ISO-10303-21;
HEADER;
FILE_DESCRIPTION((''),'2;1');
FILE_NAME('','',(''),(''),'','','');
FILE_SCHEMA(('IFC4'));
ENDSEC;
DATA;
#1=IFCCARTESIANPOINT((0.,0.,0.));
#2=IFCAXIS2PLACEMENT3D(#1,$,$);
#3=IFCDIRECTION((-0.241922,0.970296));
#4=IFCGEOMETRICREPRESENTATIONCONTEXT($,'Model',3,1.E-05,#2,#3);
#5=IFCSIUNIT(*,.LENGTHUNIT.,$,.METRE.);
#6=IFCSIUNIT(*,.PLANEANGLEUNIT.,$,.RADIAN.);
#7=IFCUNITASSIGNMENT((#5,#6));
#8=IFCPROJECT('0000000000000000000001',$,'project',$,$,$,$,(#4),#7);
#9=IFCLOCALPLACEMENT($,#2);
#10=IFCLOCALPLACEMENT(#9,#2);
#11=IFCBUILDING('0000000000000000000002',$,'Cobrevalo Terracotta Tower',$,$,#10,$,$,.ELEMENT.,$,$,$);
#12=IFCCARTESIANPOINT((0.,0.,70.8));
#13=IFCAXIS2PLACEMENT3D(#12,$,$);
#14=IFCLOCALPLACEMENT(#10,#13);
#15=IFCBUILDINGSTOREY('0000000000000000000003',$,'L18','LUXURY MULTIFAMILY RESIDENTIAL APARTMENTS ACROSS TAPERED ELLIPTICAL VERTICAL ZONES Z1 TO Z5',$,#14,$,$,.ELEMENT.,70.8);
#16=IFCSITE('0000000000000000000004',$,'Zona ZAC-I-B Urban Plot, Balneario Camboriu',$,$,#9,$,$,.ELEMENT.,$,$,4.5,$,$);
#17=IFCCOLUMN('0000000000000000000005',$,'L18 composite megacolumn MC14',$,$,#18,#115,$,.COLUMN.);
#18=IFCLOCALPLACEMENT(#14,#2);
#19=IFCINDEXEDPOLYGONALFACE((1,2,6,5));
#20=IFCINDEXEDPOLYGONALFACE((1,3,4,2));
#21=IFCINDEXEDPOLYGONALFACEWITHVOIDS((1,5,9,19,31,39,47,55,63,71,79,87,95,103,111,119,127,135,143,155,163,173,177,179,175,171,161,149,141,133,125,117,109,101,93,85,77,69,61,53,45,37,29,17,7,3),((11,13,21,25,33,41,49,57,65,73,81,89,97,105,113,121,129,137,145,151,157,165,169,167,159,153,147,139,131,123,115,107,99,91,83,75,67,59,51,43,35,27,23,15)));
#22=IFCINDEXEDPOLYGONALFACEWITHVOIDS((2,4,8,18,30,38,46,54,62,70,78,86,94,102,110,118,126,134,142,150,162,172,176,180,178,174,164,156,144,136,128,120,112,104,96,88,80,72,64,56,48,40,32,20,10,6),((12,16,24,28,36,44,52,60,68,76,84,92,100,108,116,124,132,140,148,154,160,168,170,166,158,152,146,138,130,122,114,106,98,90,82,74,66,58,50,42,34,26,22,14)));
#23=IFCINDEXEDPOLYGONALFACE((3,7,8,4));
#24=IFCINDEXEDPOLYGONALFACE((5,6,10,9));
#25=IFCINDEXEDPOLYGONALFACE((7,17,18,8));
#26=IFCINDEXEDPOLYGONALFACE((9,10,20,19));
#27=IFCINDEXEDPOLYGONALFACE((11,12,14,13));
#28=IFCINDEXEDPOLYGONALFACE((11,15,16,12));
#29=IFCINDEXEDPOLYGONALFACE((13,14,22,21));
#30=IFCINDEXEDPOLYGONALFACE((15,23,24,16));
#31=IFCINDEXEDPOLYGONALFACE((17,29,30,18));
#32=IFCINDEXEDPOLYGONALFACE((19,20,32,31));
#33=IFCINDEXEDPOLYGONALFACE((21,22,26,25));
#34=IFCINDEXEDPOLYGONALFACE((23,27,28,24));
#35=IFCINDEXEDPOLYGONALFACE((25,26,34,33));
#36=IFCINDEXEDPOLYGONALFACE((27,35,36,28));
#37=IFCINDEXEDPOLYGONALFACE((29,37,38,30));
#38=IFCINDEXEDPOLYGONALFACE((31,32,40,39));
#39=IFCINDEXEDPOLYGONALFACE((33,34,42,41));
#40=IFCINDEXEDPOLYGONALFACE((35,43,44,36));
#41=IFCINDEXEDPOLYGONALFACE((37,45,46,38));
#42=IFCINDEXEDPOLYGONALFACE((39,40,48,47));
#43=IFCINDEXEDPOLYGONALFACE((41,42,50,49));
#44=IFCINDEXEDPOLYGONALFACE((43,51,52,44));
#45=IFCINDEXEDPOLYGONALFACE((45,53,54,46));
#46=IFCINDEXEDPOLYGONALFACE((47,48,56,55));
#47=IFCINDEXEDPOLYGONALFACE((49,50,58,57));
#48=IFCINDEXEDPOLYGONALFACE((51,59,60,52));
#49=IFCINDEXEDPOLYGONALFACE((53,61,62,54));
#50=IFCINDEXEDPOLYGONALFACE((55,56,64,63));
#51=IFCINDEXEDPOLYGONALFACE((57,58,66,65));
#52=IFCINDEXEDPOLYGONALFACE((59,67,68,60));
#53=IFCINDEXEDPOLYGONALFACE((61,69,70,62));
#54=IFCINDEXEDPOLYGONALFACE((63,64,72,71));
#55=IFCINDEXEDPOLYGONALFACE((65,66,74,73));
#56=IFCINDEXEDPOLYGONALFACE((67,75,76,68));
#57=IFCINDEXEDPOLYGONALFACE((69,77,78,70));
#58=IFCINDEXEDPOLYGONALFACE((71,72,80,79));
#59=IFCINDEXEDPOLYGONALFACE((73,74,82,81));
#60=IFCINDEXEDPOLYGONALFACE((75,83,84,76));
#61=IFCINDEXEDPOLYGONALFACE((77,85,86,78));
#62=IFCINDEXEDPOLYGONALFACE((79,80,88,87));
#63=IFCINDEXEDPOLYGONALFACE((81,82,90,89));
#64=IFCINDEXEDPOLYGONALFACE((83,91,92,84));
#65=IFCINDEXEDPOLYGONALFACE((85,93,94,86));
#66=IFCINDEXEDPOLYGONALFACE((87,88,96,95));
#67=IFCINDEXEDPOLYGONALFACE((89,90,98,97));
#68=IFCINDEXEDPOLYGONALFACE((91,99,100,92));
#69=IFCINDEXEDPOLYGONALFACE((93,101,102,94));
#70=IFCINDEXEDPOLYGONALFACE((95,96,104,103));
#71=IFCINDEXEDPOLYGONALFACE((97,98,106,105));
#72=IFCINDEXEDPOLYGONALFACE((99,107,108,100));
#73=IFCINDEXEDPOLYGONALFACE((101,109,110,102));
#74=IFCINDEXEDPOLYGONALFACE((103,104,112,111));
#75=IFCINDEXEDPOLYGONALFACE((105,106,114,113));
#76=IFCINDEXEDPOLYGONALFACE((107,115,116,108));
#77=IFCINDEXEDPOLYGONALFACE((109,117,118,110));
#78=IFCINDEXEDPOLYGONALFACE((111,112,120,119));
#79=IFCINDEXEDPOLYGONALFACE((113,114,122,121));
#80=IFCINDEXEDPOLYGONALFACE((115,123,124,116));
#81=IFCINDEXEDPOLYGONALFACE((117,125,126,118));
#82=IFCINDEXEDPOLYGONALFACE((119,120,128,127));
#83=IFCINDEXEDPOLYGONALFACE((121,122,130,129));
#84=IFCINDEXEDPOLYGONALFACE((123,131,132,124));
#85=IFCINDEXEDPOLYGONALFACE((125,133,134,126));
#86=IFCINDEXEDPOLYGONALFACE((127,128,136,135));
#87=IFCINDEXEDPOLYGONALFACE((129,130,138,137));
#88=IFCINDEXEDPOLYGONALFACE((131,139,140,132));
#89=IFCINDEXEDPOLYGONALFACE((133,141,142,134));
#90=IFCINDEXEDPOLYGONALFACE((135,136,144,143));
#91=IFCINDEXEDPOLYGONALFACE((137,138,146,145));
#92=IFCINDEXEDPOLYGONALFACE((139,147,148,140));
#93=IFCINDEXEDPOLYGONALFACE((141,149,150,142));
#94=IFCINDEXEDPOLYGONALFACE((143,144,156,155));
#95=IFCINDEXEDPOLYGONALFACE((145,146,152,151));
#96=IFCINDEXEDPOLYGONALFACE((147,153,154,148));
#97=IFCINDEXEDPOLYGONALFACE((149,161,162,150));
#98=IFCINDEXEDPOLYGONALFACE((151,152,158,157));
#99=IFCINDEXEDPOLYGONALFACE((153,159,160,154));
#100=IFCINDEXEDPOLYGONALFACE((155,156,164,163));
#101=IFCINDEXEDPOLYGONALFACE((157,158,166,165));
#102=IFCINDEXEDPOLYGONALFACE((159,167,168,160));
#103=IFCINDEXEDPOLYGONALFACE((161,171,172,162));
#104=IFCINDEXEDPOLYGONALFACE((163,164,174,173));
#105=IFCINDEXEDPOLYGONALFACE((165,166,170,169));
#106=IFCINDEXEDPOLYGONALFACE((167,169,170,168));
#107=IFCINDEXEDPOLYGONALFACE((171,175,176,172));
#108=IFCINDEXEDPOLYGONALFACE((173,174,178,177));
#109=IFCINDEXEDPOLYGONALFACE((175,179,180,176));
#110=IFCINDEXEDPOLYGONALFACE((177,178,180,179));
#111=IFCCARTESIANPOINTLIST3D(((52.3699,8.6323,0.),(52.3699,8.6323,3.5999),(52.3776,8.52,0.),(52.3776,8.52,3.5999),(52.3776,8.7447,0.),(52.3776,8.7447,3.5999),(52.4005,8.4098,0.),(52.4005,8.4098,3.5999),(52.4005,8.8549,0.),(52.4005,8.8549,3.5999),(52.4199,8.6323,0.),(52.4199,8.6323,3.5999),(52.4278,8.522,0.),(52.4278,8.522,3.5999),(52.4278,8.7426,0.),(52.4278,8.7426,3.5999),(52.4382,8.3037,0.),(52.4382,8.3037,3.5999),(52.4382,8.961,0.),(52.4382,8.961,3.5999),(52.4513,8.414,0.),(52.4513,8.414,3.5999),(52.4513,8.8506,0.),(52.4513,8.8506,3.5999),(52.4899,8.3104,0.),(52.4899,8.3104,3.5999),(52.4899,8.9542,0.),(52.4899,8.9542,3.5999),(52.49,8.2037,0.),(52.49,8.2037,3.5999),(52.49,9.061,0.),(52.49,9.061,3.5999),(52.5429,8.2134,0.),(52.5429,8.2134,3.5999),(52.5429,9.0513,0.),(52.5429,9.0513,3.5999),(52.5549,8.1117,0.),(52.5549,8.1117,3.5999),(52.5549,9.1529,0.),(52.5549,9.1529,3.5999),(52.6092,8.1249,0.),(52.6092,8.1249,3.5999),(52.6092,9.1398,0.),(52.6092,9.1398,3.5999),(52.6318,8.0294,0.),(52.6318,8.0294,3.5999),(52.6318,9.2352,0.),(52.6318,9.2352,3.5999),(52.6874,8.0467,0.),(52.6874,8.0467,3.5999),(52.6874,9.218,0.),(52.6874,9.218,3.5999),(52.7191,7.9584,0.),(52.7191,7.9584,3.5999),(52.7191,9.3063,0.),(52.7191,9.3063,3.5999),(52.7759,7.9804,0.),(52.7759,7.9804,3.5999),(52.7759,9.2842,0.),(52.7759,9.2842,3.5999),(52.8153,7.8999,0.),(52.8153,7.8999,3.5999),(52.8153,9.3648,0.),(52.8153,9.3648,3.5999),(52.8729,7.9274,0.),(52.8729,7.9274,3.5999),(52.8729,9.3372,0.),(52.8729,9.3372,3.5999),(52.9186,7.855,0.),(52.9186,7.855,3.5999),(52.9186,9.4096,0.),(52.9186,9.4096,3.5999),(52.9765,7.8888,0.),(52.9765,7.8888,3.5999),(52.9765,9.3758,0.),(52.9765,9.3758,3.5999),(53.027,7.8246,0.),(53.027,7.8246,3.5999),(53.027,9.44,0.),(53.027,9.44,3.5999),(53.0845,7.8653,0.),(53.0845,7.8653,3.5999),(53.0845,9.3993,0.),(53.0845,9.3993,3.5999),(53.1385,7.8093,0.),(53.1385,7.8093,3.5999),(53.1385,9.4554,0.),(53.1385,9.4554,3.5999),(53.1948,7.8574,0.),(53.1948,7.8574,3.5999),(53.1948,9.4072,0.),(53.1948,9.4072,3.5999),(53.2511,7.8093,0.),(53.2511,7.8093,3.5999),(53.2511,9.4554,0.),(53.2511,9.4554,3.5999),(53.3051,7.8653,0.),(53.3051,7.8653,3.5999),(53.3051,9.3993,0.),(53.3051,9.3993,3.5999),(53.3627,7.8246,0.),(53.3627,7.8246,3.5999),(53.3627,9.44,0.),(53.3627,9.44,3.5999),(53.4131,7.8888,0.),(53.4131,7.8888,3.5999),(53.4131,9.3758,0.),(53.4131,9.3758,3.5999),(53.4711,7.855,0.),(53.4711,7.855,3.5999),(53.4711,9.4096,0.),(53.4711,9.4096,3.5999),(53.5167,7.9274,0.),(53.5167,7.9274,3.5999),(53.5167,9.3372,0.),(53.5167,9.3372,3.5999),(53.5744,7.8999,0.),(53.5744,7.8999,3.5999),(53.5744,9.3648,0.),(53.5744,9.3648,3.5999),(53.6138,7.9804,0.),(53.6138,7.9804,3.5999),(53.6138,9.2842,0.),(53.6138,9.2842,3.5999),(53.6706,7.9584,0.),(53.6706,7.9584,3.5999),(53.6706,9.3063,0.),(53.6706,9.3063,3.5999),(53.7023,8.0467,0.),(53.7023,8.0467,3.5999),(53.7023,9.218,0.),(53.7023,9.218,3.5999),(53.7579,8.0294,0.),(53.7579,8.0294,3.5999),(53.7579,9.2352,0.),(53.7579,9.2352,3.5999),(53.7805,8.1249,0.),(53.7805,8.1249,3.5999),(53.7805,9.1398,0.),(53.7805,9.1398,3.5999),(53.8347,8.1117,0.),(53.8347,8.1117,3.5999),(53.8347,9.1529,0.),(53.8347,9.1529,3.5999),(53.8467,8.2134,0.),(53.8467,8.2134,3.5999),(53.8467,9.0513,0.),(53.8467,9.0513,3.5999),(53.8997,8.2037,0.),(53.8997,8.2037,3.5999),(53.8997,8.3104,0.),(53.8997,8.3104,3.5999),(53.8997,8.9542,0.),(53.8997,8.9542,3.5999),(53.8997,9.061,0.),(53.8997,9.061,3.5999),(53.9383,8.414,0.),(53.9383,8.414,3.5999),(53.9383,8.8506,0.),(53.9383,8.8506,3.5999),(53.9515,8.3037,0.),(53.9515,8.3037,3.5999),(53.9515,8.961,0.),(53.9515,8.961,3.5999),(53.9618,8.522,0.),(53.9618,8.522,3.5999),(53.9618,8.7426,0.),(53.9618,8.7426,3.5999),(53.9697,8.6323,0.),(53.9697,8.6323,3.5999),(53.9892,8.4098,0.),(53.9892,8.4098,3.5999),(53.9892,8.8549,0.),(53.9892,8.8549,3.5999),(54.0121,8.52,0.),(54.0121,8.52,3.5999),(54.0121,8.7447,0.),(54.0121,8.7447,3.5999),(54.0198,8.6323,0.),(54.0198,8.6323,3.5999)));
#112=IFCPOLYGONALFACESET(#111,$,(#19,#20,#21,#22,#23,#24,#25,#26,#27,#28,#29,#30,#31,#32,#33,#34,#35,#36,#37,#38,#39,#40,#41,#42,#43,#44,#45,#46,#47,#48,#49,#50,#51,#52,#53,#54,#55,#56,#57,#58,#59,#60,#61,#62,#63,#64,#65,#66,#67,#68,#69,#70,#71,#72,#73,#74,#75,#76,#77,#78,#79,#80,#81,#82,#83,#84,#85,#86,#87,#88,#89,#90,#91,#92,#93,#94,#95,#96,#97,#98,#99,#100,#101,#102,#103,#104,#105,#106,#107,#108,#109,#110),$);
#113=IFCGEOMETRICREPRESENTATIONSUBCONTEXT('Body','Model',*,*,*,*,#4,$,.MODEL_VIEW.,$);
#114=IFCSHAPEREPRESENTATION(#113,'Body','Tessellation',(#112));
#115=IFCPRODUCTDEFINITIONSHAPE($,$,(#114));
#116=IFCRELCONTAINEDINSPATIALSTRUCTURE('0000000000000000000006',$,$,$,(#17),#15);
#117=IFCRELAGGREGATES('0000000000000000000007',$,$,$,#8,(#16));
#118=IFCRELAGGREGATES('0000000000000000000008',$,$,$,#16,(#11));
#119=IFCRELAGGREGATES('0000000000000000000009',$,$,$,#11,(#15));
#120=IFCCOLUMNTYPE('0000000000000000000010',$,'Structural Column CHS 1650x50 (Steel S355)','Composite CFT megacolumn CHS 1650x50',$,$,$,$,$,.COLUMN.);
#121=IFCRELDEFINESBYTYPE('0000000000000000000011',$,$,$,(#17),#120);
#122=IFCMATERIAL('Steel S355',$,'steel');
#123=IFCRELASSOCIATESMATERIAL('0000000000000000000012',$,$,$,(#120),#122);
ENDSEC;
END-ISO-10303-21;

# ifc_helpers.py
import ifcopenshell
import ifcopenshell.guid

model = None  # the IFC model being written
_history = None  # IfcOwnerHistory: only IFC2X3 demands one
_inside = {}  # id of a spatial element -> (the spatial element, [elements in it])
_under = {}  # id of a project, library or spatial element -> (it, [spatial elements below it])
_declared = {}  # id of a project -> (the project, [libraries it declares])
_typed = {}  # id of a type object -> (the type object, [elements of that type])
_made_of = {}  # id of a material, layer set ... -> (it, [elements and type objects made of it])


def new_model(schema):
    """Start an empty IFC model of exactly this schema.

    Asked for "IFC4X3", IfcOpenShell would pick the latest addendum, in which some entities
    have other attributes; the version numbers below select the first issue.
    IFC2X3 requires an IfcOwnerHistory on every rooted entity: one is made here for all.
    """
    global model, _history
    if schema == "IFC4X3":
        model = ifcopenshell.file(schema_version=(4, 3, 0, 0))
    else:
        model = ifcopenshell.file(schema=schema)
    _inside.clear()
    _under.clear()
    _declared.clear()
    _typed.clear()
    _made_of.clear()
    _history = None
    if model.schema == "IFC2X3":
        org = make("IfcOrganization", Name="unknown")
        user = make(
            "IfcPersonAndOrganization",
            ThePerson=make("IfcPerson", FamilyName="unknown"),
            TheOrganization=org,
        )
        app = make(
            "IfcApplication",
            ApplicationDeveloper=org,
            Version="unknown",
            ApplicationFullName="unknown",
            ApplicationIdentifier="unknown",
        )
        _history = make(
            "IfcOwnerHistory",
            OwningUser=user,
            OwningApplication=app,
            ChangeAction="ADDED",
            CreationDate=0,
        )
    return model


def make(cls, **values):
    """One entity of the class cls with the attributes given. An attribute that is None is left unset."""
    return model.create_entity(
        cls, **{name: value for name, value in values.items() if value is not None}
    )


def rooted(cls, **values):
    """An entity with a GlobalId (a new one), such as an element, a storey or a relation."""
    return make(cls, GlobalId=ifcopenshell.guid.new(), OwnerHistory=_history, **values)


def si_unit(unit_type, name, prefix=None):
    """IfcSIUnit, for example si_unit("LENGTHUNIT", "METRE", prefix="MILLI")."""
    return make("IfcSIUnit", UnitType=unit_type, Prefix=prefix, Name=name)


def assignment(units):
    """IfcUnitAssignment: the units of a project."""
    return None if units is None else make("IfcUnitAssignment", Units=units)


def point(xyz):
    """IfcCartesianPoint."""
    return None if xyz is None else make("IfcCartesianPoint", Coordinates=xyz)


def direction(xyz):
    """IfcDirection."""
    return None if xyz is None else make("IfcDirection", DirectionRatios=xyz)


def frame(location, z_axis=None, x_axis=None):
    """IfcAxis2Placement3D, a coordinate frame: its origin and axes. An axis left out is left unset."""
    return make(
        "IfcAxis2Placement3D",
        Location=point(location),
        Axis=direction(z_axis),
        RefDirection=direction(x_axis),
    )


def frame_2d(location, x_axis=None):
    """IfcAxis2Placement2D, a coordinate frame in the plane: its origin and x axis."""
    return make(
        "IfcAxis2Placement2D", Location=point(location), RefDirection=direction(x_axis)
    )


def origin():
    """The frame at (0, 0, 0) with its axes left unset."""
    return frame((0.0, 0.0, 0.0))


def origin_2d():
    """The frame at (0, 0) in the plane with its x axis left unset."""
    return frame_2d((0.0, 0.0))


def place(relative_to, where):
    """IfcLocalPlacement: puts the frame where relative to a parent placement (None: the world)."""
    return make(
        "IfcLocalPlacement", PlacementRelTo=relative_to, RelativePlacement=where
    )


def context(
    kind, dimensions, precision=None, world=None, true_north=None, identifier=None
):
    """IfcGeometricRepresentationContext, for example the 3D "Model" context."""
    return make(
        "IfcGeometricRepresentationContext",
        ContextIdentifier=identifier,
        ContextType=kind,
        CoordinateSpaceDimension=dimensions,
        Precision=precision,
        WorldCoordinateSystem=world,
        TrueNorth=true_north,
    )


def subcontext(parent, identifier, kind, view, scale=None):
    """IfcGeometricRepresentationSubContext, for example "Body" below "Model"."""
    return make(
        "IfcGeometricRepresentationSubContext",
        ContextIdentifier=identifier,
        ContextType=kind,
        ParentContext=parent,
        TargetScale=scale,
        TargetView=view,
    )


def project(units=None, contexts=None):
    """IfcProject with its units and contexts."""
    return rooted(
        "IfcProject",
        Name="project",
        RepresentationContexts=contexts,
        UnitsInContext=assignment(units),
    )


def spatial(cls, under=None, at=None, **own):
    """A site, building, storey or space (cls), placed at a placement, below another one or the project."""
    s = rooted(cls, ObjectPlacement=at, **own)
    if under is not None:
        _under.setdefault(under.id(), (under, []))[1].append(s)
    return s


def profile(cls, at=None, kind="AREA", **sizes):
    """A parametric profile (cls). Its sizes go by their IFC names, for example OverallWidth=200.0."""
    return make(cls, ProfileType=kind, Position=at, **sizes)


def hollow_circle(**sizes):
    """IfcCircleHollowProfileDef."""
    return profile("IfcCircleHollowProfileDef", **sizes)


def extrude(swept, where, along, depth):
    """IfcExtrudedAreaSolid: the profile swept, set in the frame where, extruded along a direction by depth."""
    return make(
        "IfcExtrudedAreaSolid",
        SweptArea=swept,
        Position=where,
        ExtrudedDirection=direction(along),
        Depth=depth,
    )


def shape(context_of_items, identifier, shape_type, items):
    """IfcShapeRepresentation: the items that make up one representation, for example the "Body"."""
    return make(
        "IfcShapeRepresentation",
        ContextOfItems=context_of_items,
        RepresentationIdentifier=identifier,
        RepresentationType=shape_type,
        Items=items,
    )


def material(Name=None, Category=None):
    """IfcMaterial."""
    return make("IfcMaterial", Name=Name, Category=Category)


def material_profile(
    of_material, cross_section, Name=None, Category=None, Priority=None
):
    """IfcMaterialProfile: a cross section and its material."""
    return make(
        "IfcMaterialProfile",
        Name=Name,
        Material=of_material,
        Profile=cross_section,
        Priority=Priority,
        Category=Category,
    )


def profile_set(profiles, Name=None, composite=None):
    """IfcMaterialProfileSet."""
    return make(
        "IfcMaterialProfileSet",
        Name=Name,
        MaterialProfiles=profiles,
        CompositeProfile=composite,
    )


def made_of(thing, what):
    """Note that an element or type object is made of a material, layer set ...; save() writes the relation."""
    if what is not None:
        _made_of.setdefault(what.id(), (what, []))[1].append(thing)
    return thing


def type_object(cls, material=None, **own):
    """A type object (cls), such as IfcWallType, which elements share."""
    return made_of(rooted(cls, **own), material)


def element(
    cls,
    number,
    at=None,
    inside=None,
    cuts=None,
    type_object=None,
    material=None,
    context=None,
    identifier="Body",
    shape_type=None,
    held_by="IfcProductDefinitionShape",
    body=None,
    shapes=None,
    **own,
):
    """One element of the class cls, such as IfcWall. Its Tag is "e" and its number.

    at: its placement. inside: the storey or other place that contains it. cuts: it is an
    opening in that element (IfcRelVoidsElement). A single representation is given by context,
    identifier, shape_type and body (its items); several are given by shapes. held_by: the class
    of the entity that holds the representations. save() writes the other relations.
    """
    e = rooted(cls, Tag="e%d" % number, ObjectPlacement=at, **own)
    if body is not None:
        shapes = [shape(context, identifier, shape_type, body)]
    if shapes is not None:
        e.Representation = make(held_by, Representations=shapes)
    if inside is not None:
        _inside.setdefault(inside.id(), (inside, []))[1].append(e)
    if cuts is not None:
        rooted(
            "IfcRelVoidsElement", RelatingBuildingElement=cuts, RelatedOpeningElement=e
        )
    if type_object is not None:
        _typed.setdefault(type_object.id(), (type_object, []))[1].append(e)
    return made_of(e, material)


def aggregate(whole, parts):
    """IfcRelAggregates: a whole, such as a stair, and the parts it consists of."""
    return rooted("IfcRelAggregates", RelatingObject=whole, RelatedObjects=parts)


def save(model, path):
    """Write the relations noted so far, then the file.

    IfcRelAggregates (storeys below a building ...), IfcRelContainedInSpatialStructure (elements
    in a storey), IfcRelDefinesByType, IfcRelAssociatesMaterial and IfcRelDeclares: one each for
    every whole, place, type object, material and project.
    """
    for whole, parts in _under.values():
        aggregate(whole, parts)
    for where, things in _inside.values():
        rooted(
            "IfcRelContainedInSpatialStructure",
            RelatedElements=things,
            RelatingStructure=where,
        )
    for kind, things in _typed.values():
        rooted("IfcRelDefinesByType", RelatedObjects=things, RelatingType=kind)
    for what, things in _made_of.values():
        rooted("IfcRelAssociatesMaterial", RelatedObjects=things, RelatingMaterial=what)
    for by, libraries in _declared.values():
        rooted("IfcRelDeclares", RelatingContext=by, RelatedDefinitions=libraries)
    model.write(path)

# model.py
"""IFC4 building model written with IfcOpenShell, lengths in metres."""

from ifc_helpers import new_model, si_unit, direction, frame, origin, origin_2d, place, context, subcontext, project, spatial, hollow_circle, extrude, material, material_profile, profile_set, type_object, element, save


model = new_model("IFC4")

# Units and contexts
model_context = context("Model", 3, precision=1e-05, world=origin(), true_north=direction((-0.241922, 0.970296)))
body_context = subcontext(model_context, "Body", "Model", "MODEL_VIEW")
ifc_project = project(units=[si_unit("LENGTHUNIT", "METRE"), si_unit("PLANEANGLEUNIT", "RADIAN")], contexts=[model_context])

# Site, building, storey
site_placement = place(None, origin())
site = spatial("IfcSite", under=ifc_project, at=site_placement, Name="Zona ZAC-I-B Urban Plot, Balneario Camboriu", CompositionType="ELEMENT", RefElevation=4.5)
building_placement = place(site_placement, origin())
building = spatial("IfcBuilding", under=site, at=building_placement, Name="Cobrevalo Terracotta Tower", CompositionType="ELEMENT")
storey_placement = place(building_placement, frame((0.0, 0.0, 70.8)))
storey = spatial("IfcBuildingStorey", under=building, at=storey_placement, Name="L18", Description="LUXURY MULTIFAMILY RESIDENTIAL APARTMENTS ACROSS TAPERED ELLIPTICAL VERTICAL ZONES Z1 TO Z5", CompositionType="ELEMENT", Elevation=70.8)

# Column
ifc_material_1 = material(Name="Steel S355", Category="steel")
ifc_material_profile_1 = material_profile(ifc_material_1, hollow_circle(Radius=0.825, WallThickness=0.05, at=origin_2d()), Name="CHS 1650x50")
ifc_profile_set_1 = profile_set([ifc_material_profile_1], Name="Steel S355")
column_type = type_object("IfcColumnType", Name="Structural Column CHS 1650x50 (Steel S355)", Description="Composite CFT megacolumn CHS 1650x50", PredefinedType="COLUMN", material=ifc_profile_set_1)
for number, where, z_axis, x_axis, name in (
    (1, (53.1948, 8.6323, 0.0), (0.0, 0.0, 1.0), (1.0, 0.0, 0.0), "L18 composite megacolumn MC14"),
):
    element("IfcColumn", number, at=place(storey_placement, frame(where, z_axis=z_axis, x_axis=x_axis)), inside=storey, type_object=column_type, Name=name, PredefinedType="COLUMN", context=body_context, shape_type="SweptSolid", body=[
        extrude(hollow_circle(Radius=0.825, WallThickness=0.05, at=origin_2d()), origin(), (0.0, 0.0, 1.0), 3.5999),
    ])

save(model, "model.ifc")
